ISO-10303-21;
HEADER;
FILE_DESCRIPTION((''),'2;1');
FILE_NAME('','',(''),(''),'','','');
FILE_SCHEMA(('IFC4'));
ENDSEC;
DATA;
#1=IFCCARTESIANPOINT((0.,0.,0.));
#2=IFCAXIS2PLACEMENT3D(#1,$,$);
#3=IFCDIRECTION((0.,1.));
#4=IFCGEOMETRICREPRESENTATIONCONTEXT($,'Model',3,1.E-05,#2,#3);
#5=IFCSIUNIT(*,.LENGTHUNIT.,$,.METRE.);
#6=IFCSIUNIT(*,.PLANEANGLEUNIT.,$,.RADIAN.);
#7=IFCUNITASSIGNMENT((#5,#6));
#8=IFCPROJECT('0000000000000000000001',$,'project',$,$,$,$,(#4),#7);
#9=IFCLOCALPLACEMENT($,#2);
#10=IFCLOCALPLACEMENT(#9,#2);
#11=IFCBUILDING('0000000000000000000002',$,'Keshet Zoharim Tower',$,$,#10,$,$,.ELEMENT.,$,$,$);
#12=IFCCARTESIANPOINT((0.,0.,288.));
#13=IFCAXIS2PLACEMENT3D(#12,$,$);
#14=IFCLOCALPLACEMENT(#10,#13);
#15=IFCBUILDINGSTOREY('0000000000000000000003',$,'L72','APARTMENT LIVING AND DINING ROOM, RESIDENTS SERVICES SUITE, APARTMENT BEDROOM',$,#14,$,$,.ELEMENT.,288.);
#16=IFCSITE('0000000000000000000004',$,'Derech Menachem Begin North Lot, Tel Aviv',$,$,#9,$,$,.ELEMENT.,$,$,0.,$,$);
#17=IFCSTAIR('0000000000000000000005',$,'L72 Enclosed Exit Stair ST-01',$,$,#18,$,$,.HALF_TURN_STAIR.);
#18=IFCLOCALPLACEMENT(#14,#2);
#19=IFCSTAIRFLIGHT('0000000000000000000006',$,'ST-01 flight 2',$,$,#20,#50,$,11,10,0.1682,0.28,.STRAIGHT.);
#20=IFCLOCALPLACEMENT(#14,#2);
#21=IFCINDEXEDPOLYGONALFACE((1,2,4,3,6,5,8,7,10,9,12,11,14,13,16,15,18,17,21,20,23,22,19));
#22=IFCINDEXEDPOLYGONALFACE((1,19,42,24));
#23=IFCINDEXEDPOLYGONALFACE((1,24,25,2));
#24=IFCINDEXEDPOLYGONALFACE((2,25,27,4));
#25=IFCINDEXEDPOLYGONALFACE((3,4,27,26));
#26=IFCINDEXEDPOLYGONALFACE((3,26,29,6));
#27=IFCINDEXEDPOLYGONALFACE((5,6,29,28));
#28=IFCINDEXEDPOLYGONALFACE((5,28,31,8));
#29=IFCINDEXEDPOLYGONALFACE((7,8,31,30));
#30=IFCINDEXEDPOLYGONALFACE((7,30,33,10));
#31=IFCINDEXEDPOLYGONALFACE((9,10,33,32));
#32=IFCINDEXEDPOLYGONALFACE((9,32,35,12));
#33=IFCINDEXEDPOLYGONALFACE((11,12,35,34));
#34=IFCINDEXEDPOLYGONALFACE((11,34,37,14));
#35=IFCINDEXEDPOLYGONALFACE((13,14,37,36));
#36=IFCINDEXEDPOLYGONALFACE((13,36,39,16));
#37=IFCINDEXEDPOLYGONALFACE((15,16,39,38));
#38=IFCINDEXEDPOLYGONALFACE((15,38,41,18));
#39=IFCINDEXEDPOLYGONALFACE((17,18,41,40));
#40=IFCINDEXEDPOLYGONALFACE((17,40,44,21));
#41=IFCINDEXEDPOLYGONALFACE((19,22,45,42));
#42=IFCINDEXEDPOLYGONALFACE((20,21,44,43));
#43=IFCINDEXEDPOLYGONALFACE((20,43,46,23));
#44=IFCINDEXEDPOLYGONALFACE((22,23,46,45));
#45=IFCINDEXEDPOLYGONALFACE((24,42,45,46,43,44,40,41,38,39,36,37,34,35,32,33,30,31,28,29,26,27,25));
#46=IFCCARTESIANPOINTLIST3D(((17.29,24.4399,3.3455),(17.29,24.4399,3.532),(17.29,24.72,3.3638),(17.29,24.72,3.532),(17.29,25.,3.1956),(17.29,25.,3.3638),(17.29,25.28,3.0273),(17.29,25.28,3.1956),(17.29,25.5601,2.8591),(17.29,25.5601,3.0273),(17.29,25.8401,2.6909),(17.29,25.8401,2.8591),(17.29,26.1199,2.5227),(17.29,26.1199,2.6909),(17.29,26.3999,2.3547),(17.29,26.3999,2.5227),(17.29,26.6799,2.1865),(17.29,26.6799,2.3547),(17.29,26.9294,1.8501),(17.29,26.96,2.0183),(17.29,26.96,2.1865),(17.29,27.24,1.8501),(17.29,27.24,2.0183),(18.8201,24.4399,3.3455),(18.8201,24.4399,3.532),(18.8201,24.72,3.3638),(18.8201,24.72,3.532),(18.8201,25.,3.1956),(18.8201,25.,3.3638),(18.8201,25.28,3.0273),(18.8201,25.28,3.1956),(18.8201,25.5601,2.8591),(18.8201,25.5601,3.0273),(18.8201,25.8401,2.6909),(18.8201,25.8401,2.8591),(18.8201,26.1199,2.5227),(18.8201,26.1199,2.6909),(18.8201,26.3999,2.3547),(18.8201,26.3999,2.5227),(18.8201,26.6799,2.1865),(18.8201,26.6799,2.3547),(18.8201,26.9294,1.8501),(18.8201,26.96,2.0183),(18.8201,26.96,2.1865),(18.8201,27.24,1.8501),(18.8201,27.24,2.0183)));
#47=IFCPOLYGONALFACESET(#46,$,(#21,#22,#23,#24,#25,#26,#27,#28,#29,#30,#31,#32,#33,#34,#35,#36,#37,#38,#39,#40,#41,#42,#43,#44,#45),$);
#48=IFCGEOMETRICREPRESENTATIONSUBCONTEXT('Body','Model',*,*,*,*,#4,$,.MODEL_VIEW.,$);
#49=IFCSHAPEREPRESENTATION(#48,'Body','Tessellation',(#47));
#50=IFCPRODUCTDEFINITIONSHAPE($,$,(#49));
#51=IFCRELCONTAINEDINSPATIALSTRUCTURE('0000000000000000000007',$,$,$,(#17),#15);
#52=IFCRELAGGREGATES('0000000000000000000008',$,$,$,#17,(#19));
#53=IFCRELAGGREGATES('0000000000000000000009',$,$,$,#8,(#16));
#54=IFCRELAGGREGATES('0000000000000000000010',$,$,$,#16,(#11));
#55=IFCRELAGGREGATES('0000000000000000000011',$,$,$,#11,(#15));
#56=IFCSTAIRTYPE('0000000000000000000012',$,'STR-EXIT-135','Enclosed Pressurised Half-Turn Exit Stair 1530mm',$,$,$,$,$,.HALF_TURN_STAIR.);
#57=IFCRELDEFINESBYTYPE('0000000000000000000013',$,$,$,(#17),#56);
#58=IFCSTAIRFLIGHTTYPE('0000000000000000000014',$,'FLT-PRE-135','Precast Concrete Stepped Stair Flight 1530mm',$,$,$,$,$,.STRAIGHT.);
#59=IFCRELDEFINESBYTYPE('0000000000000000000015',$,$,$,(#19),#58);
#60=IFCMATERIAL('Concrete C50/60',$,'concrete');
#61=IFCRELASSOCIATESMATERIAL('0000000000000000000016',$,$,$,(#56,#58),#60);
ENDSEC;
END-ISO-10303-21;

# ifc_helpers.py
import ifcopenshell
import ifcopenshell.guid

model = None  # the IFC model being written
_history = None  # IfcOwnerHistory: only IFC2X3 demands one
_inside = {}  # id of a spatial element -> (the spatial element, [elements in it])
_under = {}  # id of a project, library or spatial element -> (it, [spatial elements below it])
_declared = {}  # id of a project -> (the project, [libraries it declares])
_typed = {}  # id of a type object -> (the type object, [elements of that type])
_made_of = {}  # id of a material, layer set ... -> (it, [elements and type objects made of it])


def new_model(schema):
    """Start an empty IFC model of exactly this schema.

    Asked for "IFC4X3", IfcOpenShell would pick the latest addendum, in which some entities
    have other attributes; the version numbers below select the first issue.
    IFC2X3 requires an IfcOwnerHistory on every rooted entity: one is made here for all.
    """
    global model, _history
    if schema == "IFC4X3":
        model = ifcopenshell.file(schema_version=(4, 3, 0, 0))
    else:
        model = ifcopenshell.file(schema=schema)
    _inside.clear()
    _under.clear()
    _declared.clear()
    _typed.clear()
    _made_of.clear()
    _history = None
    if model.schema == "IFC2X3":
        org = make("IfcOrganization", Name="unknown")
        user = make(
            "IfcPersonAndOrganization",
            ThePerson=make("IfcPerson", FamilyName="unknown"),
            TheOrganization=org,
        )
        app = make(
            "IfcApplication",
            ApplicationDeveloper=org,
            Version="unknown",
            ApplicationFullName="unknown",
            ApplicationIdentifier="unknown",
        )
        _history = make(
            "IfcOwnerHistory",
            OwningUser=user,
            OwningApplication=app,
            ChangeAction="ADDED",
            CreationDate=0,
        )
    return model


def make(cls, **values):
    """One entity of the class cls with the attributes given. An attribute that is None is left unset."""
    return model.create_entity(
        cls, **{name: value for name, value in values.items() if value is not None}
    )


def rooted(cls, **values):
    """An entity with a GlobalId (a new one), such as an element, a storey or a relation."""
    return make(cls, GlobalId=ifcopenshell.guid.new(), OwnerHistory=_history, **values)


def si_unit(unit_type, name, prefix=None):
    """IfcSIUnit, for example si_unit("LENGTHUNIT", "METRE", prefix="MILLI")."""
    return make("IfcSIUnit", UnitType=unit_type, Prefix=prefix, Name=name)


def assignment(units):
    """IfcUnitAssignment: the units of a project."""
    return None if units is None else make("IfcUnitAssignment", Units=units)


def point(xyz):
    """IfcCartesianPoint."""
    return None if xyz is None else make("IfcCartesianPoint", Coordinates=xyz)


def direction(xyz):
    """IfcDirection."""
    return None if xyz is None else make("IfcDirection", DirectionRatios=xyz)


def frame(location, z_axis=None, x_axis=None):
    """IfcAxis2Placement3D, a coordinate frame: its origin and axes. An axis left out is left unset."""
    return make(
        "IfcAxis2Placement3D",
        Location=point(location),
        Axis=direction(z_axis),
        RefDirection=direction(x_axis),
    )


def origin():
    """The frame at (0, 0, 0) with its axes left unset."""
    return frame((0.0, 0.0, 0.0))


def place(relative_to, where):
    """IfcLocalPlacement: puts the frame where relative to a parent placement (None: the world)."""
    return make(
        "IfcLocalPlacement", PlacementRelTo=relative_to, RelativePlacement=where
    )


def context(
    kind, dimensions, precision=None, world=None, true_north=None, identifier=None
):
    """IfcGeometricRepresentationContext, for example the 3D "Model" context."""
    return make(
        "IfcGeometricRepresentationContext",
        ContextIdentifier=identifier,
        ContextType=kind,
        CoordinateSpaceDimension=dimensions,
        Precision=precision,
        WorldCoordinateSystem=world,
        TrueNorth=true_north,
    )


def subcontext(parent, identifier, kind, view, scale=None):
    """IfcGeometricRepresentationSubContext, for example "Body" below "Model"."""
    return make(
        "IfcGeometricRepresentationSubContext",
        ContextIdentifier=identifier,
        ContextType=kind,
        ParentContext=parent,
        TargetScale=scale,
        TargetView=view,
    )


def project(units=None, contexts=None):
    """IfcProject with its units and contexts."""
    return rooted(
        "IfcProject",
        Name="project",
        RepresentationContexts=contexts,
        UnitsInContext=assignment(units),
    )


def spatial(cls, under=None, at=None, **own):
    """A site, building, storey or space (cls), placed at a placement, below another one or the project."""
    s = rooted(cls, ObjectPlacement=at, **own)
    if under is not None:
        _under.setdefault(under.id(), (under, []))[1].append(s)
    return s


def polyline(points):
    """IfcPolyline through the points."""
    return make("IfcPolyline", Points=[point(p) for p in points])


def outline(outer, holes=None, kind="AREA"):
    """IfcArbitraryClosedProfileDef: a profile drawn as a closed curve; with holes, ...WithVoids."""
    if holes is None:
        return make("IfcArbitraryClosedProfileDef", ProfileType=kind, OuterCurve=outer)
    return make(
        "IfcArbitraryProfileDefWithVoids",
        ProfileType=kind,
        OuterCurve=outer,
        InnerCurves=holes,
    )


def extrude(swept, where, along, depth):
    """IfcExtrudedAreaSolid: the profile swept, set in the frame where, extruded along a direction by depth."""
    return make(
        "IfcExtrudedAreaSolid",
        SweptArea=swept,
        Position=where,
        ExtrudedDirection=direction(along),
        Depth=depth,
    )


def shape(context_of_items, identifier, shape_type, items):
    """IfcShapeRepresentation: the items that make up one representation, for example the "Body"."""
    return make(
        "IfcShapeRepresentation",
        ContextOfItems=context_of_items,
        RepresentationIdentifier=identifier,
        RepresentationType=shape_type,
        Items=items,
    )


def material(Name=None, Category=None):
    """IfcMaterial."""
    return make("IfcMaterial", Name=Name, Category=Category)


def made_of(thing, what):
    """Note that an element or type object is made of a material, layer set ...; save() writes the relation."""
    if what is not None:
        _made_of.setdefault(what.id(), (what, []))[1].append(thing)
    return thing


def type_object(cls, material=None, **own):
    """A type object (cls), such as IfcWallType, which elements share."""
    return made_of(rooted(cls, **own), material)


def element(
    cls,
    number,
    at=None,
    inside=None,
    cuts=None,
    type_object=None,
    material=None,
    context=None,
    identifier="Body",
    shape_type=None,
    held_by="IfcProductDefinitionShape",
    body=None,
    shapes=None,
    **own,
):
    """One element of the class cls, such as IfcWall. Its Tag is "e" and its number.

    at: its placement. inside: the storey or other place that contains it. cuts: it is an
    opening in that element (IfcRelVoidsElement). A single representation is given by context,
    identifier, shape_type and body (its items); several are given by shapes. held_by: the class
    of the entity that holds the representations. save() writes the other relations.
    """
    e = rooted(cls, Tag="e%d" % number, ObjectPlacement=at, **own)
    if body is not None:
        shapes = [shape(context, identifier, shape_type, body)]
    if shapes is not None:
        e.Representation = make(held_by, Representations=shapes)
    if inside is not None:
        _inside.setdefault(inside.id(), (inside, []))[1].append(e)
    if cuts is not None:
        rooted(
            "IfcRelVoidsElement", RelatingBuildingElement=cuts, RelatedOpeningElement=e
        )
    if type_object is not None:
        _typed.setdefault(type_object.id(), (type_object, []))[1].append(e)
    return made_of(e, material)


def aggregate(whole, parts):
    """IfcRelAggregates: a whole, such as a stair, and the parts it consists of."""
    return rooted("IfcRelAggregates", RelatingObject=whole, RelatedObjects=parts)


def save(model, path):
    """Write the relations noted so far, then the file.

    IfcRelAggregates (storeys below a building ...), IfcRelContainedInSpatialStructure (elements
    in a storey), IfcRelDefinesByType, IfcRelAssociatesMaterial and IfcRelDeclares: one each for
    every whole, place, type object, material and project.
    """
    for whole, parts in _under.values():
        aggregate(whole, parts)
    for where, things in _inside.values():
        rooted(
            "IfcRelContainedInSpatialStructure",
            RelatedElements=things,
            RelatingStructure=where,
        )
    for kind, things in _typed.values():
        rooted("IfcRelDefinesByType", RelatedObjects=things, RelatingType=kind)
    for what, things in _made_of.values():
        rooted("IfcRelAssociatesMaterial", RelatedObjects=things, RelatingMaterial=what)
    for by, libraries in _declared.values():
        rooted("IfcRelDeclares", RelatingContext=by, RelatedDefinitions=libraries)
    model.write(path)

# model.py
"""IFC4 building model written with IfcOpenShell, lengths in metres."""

from ifc_helpers import new_model, si_unit, direction, frame, origin, place, context, subcontext, project, spatial, polyline, outline, extrude, material, type_object, element, aggregate, save


model = new_model("IFC4")

# Units and contexts
model_context = context("Model", 3, precision=1e-05, world=origin(), true_north=direction((0.0, 1.0)))
body_context = subcontext(model_context, "Body", "Model", "MODEL_VIEW")
ifc_project = project(units=[si_unit("LENGTHUNIT", "METRE"), si_unit("PLANEANGLEUNIT", "RADIAN")], contexts=[model_context])

# Site, building, storey
site_placement = place(None, origin())
site = spatial("IfcSite", under=ifc_project, at=site_placement, Name="Derech Menachem Begin North Lot, Tel Aviv", CompositionType="ELEMENT", RefElevation=0.0)
building_placement = place(site_placement, origin())
building = spatial("IfcBuilding", under=site, at=building_placement, Name="Keshet Zoharim Tower", CompositionType="ELEMENT")
storey_placement = place(building_placement, frame((0.0, 0.0, 288.0)))
storey = spatial("IfcBuildingStorey", under=building, at=storey_placement, Name="L72", Description="APARTMENT LIVING AND DINING ROOM, RESIDENTS SERVICES SUITE, APARTMENT BEDROOM", CompositionType="ELEMENT", Elevation=288.0)

# Shared definitions
ifc_material_1 = material(Name="Concrete C50/60", Category="concrete")

# Stair, stair flight
stair_type = type_object("IfcStairType", Name="STR-EXIT-135", Description="Enclosed Pressurised Half-Turn Exit Stair 1530mm", PredefinedType="HALF_TURN_STAIR", material=ifc_material_1)
stair_placement = place(storey_placement, origin())
stair = element("IfcStair", 1, at=stair_placement, inside=storey, type_object=stair_type, Name="L72 Enclosed Exit Stair ST-01", PredefinedType="HALF_TURN_STAIR")
stair_flight_type = type_object("IfcStairFlightType", Name="FLT-PRE-135", Description="Precast Concrete Stepped Stair Flight 1530mm", PredefinedType="STRAIGHT", material=ifc_material_1)
stair_flight_1_placement = place(storey_placement, frame((18.0549, 27.24, 1.8501), z_axis=(0.0, 0.0, 1.0), x_axis=(0.0, -1.0, 0.0)))
stair_flight_1 = element("IfcStairFlight", 2, at=stair_flight_1_placement, type_object=stair_flight_type, Name="ST-01 flight 2", NumberOfRisers=11, NumberOfTreads=10, PredefinedType="STRAIGHT", RiserHeight=0.1682, TreadLength=0.28, context=body_context, shape_type="SweptSolid", body=[
    extrude(outline(polyline([(0.0, 0.0), (0.0, 0.1682), (0.28, 0.1682), (0.28, 0.3364), (0.5601, 0.3364), (0.5601, 0.5046), (0.8401, 0.5046), (0.8401, 0.6726), (1.1201, 0.6726), (1.1201, 0.8408), (1.3999, 0.8408), (1.3999, 1.009), (1.6799, 1.009), (1.6799, 1.1772), (1.96, 1.1772), (1.96, 1.3455), (2.24, 1.3455), (2.24, 1.5137), (2.52, 1.5137), (2.52, 1.6819), (2.8, 1.6819), (2.8, 1.8501), (2.8, 1.4954), (0.3105, 0.0), (0.0, 0.0)])), frame((0.0, 0.7651, 0.0), z_axis=(0.0, -1.0, 0.0), x_axis=(1.0, 0.0, 0.0)), (0.0, 0.0, 1.0), 1.53),
])
aggregate(stair, [stair_flight_1])

save(model, "model.ifc")
